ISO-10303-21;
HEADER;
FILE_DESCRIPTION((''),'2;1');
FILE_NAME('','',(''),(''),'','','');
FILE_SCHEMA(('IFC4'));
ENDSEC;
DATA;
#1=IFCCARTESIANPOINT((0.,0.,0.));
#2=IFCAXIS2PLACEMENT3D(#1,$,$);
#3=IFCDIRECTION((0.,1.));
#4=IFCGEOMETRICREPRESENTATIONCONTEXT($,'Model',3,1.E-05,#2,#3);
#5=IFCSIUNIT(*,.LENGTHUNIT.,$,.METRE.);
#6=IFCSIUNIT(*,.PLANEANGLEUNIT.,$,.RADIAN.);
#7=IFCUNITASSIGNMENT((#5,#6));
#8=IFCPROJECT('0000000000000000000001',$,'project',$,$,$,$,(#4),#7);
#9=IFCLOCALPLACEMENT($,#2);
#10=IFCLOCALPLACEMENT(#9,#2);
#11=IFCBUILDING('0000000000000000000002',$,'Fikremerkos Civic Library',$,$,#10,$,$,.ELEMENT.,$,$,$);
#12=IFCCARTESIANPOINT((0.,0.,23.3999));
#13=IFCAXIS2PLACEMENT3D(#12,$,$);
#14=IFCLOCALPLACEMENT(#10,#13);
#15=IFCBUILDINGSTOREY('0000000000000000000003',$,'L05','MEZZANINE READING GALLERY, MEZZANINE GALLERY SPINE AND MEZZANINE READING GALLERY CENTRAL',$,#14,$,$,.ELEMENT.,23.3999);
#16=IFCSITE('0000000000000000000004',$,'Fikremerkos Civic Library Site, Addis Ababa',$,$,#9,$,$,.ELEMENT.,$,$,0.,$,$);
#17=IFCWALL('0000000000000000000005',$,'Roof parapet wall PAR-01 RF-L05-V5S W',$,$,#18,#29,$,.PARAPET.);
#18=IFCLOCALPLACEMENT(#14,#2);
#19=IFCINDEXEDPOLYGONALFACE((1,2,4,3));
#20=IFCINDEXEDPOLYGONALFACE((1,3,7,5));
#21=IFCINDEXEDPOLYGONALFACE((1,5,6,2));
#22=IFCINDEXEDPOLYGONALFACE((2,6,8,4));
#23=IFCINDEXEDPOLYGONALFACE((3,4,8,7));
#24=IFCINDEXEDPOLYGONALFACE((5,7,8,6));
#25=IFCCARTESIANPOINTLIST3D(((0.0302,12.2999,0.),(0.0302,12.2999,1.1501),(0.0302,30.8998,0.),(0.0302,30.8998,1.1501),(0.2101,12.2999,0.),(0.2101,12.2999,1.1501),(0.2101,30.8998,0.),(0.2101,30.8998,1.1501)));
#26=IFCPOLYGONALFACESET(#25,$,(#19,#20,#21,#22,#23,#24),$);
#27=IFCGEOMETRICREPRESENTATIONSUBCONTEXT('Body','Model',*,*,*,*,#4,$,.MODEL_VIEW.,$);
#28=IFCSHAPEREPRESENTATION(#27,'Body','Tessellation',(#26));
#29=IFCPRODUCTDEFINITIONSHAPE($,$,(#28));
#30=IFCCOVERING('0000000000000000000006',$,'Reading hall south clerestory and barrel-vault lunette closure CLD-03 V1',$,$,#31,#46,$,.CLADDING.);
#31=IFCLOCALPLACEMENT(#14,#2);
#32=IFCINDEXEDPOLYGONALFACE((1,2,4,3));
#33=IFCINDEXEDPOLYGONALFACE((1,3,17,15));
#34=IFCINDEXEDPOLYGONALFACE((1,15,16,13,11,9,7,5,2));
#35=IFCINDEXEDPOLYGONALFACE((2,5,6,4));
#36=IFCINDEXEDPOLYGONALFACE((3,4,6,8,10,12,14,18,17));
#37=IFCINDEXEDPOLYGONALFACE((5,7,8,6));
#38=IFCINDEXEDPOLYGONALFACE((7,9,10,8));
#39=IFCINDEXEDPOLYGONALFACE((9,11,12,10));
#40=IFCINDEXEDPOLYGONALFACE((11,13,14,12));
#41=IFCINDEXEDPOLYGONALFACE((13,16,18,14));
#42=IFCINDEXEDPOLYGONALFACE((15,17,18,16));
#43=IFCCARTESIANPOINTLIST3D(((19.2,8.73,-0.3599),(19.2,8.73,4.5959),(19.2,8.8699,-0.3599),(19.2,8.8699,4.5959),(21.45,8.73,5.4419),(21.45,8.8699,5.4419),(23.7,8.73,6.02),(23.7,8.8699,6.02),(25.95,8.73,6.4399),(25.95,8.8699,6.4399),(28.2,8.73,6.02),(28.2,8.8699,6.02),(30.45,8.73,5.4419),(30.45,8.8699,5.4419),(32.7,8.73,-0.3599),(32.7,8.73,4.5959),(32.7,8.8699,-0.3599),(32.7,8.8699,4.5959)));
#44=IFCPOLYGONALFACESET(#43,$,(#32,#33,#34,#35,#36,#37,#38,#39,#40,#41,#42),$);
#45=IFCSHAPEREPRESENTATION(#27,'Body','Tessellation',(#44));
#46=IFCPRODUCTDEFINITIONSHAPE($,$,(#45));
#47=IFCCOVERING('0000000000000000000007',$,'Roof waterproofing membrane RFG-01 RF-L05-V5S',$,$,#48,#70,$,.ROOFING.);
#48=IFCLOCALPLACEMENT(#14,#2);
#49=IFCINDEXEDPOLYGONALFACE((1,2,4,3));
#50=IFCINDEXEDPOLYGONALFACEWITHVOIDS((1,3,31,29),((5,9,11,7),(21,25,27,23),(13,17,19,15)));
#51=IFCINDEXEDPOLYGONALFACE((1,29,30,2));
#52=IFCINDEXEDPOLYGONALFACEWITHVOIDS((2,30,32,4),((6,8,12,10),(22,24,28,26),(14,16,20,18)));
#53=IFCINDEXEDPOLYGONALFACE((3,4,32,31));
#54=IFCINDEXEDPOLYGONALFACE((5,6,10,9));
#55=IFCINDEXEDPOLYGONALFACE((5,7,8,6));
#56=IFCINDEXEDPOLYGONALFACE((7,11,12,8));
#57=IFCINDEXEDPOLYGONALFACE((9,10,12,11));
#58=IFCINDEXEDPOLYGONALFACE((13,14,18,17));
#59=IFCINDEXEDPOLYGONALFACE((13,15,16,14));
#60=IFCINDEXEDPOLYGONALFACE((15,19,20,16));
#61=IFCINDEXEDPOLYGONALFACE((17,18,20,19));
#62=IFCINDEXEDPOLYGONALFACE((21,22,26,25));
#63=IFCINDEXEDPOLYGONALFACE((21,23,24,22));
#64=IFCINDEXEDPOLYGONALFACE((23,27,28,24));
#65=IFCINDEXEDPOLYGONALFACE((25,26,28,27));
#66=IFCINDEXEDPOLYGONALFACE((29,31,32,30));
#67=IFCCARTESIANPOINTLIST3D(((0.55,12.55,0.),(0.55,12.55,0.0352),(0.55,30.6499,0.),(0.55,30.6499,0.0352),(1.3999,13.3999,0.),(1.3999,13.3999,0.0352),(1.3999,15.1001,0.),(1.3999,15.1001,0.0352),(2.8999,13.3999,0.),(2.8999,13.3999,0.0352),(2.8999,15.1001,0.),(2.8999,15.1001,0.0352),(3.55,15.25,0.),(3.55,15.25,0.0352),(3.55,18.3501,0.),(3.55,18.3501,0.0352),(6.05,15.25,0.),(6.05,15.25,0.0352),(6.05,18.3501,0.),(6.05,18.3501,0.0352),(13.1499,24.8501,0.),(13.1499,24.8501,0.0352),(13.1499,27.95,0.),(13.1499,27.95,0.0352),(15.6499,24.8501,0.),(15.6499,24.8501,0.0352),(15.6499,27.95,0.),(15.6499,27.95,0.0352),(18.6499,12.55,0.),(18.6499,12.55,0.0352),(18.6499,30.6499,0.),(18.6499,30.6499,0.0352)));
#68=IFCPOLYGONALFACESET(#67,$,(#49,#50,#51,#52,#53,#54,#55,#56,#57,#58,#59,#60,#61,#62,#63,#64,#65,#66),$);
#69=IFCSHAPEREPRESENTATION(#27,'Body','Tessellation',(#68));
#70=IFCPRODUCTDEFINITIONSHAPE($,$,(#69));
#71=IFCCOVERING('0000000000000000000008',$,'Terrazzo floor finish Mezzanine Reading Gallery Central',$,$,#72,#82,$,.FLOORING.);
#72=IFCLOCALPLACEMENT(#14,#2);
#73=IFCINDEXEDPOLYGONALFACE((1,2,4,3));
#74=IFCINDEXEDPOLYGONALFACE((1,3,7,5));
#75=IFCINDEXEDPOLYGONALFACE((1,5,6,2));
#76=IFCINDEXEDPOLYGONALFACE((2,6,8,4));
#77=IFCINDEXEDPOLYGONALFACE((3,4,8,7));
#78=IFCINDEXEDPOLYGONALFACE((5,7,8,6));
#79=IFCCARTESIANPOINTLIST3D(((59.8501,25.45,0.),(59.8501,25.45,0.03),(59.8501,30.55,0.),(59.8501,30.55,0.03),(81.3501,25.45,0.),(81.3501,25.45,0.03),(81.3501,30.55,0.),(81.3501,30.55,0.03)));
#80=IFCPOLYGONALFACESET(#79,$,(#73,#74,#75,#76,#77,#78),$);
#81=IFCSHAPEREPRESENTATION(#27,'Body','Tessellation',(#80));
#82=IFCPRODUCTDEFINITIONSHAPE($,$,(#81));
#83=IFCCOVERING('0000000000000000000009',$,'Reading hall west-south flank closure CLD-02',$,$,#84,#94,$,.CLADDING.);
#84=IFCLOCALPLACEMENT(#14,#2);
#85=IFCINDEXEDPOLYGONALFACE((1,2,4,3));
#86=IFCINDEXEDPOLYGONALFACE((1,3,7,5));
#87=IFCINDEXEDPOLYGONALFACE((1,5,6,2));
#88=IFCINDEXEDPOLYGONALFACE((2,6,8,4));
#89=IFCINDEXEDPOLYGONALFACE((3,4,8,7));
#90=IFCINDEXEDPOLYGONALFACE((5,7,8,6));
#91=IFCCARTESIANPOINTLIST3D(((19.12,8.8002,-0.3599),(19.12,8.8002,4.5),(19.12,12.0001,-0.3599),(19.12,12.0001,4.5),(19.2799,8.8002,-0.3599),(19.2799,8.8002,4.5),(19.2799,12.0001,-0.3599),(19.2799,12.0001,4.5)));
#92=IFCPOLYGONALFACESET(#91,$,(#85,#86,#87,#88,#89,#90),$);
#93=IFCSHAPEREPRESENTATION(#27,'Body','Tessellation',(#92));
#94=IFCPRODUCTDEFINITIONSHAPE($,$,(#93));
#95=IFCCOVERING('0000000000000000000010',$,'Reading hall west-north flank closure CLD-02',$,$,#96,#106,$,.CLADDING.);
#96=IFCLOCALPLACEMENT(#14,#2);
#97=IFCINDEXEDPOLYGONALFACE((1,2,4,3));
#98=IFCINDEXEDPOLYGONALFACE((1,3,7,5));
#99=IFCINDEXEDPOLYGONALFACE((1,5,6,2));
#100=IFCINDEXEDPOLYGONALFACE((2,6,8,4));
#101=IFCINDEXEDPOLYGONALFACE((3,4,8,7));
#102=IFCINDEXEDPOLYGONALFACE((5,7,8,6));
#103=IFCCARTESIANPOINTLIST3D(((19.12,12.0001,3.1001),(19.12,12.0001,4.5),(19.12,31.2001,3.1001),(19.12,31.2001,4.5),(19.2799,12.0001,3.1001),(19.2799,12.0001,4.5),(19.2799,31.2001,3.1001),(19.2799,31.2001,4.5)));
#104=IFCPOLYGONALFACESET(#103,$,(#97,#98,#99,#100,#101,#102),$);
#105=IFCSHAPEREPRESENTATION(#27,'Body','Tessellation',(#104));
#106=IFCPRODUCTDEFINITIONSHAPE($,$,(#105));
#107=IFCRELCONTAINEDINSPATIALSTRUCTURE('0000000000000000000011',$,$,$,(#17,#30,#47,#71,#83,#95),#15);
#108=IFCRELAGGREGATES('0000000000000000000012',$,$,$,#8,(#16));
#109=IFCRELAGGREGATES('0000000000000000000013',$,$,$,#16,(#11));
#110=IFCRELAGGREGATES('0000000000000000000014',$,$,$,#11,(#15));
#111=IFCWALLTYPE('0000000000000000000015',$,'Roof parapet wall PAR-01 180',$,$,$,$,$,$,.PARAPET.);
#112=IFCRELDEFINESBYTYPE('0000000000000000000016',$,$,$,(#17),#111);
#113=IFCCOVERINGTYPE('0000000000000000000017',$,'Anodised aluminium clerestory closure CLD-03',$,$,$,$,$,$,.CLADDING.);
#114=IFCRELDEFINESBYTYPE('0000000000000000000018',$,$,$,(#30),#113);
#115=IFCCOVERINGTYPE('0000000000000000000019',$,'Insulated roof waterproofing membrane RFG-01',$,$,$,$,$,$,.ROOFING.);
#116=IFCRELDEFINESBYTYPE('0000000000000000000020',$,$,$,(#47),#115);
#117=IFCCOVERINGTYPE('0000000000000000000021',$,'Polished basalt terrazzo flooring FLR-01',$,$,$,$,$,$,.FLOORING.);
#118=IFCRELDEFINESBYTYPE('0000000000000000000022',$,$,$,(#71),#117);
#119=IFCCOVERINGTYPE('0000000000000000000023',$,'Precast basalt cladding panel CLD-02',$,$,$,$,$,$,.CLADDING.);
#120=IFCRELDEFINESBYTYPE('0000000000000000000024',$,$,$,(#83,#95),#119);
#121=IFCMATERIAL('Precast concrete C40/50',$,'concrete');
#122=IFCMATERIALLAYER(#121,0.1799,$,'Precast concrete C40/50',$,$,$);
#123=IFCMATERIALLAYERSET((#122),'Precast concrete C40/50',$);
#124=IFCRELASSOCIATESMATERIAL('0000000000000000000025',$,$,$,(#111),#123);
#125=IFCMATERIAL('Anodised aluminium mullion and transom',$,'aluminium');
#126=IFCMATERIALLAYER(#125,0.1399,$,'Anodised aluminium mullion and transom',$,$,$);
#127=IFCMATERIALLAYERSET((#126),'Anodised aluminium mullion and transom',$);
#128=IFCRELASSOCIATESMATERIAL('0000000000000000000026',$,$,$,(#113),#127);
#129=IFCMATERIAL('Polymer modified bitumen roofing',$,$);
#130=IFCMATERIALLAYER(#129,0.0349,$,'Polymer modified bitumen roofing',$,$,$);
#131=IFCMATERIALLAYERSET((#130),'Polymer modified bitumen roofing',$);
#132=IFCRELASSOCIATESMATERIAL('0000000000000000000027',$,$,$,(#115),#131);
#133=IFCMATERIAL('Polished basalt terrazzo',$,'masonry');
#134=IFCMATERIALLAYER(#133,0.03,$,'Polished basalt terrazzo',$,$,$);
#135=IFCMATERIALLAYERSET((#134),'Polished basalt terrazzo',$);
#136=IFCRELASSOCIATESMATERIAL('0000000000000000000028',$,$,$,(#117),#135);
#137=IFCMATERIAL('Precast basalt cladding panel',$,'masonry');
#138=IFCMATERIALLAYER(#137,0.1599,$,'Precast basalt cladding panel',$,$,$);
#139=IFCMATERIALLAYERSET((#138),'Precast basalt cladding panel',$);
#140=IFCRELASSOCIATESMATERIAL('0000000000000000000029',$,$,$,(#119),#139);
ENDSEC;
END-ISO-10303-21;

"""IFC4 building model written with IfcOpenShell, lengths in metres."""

from ifc_helpers import new_model, si_unit, direction, frame, frame_2d, origin, place, context, subcontext, project, spatial, polyline, rectangle, outline, extrude, material, layer, layer_set, type_object, element, save


model = new_model("IFC4")

# Units and contexts
model_context = context("Model", 3, precision=1e-05, world=origin(), true_north=direction((0.0, 1.0)))
body_context = subcontext(model_context, "Body", "Model", "MODEL_VIEW")
ifc_project = project(units=[si_unit("LENGTHUNIT", "METRE"), si_unit("PLANEANGLEUNIT", "RADIAN")], contexts=[model_context])

# Site, building, storey
site_placement = place(None, origin())
site = spatial("IfcSite", under=ifc_project, at=site_placement, Name="Fikremerkos Civic Library Site, Addis Ababa", CompositionType="ELEMENT", RefElevation=0.0)
building_placement = place(site_placement, origin())
building = spatial("IfcBuilding", under=site, at=building_placement, Name="Fikremerkos Civic Library", CompositionType="ELEMENT")
storey_placement = place(building_placement, frame((0.0, 0.0, 23.3999)))
storey = spatial("IfcBuildingStorey", under=building, at=storey_placement, Name="L05", Description="MEZZANINE READING GALLERY, MEZZANINE GALLERY SPINE AND MEZZANINE READING GALLERY CENTRAL", CompositionType="ELEMENT", Elevation=23.3999)

# Wall
ifc_material_1 = material(Name="Precast concrete C40/50", Category="concrete")
ifc_layer_1 = layer(ifc_material_1, 0.1799, Name="Precast concrete C40/50")
ifc_layer_set_1 = layer_set([ifc_layer_1], Name="Precast concrete C40/50")
wall_type_1 = type_object("IfcWallType", Name="Roof parapet wall PAR-01 180", PredefinedType="PARAPET", material=ifc_layer_set_1)
for number, where, z_axis, x_axis, name in (
    (1, (0.1201, 12.3, 0.0), (0.0, 0.0, 1.0), (0.0, 1.0, 0.0), "Roof parapet wall PAR-01 RF-L05-V5S W"),
):
    element("IfcWall", number, at=place(storey_placement, frame(where, z_axis=z_axis, x_axis=x_axis)), inside=storey, type_object=wall_type_1, Name=name, PredefinedType="PARAPET", context=body_context, shape_type="SweptSolid", body=[
        extrude(rectangle(XDim=18.5999, YDim=0.1799, at=frame_2d((9.2998, 0.0))), origin(), (0.0, 0.0, 1.0), 1.1501),
    ])

# Coverings
ifc_material_2 = material(Name="Anodised aluminium mullion and transom", Category="aluminium")
ifc_layer_2 = layer(ifc_material_2, 0.1399, Name="Anodised aluminium mullion and transom")
ifc_layer_set_2 = layer_set([ifc_layer_2], Name="Anodised aluminium mullion and transom")
covering_type_1 = type_object("IfcCoveringType", Name="Anodised aluminium clerestory closure CLD-03", PredefinedType="CLADDING", material=ifc_layer_set_2)
covering_1_placement = place(storey_placement, frame((19.2, 8.8, -0.3599), z_axis=(0.0, 0.0, 1.0), x_axis=(1.0, 0.0, 0.0)))
element("IfcCovering", 2, at=covering_1_placement, inside=storey, type_object=covering_type_1, Name="Reading hall south clerestory and barrel-vault lunette closure CLD-03 V1", PredefinedType="CLADDING", context=body_context, shape_type="SweptSolid", body=[
    extrude(outline(polyline([(0.0, 0.0), (13.5, 0.0), (13.5, 4.9558), (11.25, 5.8018), (9.0, 6.3799), (6.75, 6.7998), (4.5, 6.3799), (2.25, 5.8018), (0.0, 4.9558), (0.0, 0.0)])), frame((0.0, 0.0698, 0.0), z_axis=(0.0, -1.0, 0.0), x_axis=(1.0, 0.0, 0.0)), (0.0, 0.0, 1.0), 0.1399),
])
ifc_material_3 = material(Name="Polymer modified bitumen roofing")
ifc_layer_3 = layer(ifc_material_3, 0.0349, Name="Polymer modified bitumen roofing")
ifc_layer_set_3 = layer_set([ifc_layer_3], Name="Polymer modified bitumen roofing")
covering_type_2 = type_object("IfcCoveringType", Name="Insulated roof waterproofing membrane RFG-01", PredefinedType="ROOFING", material=ifc_layer_set_3)
covering_2_placement = place(storey_placement, origin())
element("IfcCovering", 3, at=covering_2_placement, inside=storey, type_object=covering_type_2, Name="Roof waterproofing membrane RFG-01 RF-L05-V5S", PredefinedType="ROOFING", context=body_context, shape_type="SweptSolid", body=[
    extrude(outline(polyline([(0.55, 12.55), (18.6499, 12.55), (18.6499, 30.6499), (0.55, 30.6499), (0.55, 12.55)]), holes=[polyline([(3.55, 15.25), (6.05, 15.25), (6.05, 18.3501), (3.55, 18.3501), (3.55, 15.25)]), polyline([(13.1499, 24.8501), (15.6499, 24.8501), (15.6499, 27.95), (13.1499, 27.95), (13.1499, 24.8501)]), polyline([(1.3999, 13.3999), (2.8999, 13.3999), (2.8999, 15.1001), (1.3999, 15.1001), (1.3999, 13.3999)])]), origin(), (0.0, 0.0, 1.0), 0.0352),
])
ifc_material_4 = material(Name="Polished basalt terrazzo", Category="masonry")
ifc_layer_4 = layer(ifc_material_4, 0.03, Name="Polished basalt terrazzo")
ifc_layer_set_4 = layer_set([ifc_layer_4], Name="Polished basalt terrazzo")
covering_type_3 = type_object("IfcCoveringType", Name="Polished basalt terrazzo flooring FLR-01", PredefinedType="FLOORING", material=ifc_layer_set_4)
covering_3_placement = place(storey_placement, origin())
element("IfcCovering", 4, at=covering_3_placement, inside=storey, type_object=covering_type_3, Name="Terrazzo floor finish Mezzanine Reading Gallery Central", PredefinedType="FLOORING", context=body_context, shape_type="SweptSolid", body=[
    extrude(outline(polyline([(59.8501, 25.45), (59.8501, 30.55), (81.3501, 30.55), (81.3501, 25.45), (59.8501, 25.45)])), origin(), (0.0, 0.0, 1.0), 0.03),
])
ifc_material_5 = material(Name="Precast basalt cladding panel", Category="masonry")
ifc_layer_5 = layer(ifc_material_5, 0.1599, Name="Precast basalt cladding panel")
ifc_layer_set_5 = layer_set([ifc_layer_5], Name="Precast basalt cladding panel")
covering_type_4 = type_object("IfcCoveringType", Name="Precast basalt cladding panel CLD-02", PredefinedType="CLADDING", material=ifc_layer_set_5)
covering_4_placement = place(storey_placement, frame((19.2, 8.8, -0.3599), z_axis=(0.0, 0.0, 1.0), x_axis=(0.0, 1.0, 0.0)))
element("IfcCovering", 5, at=covering_4_placement, inside=storey, type_object=covering_type_4, Name="Reading hall west-south flank closure CLD-02", PredefinedType="CLADDING", context=body_context, shape_type="SweptSolid", body=[
    extrude(rectangle(XDim=3.2, YDim=0.1599, at=frame_2d((1.6001, 0.0))), origin(), (0.0, 0.0, 1.0), 4.8599),
])
covering_5_placement = place(storey_placement, frame((19.2, 12.0, 3.1001), z_axis=(0.0, 0.0, 1.0), x_axis=(0.0, 1.0, 0.0)))
element("IfcCovering", 6, at=covering_5_placement, inside=storey, type_object=covering_type_4, Name="Reading hall west-north flank closure CLD-02", PredefinedType="CLADDING", context=body_context, shape_type="SweptSolid", body=[
    extrude(rectangle(XDim=19.2, YDim=0.1599, at=frame_2d((9.6001, 0.0))), origin(), (0.0, 0.0, 1.0), 1.3999),
])

save(model, "model.ifc")
